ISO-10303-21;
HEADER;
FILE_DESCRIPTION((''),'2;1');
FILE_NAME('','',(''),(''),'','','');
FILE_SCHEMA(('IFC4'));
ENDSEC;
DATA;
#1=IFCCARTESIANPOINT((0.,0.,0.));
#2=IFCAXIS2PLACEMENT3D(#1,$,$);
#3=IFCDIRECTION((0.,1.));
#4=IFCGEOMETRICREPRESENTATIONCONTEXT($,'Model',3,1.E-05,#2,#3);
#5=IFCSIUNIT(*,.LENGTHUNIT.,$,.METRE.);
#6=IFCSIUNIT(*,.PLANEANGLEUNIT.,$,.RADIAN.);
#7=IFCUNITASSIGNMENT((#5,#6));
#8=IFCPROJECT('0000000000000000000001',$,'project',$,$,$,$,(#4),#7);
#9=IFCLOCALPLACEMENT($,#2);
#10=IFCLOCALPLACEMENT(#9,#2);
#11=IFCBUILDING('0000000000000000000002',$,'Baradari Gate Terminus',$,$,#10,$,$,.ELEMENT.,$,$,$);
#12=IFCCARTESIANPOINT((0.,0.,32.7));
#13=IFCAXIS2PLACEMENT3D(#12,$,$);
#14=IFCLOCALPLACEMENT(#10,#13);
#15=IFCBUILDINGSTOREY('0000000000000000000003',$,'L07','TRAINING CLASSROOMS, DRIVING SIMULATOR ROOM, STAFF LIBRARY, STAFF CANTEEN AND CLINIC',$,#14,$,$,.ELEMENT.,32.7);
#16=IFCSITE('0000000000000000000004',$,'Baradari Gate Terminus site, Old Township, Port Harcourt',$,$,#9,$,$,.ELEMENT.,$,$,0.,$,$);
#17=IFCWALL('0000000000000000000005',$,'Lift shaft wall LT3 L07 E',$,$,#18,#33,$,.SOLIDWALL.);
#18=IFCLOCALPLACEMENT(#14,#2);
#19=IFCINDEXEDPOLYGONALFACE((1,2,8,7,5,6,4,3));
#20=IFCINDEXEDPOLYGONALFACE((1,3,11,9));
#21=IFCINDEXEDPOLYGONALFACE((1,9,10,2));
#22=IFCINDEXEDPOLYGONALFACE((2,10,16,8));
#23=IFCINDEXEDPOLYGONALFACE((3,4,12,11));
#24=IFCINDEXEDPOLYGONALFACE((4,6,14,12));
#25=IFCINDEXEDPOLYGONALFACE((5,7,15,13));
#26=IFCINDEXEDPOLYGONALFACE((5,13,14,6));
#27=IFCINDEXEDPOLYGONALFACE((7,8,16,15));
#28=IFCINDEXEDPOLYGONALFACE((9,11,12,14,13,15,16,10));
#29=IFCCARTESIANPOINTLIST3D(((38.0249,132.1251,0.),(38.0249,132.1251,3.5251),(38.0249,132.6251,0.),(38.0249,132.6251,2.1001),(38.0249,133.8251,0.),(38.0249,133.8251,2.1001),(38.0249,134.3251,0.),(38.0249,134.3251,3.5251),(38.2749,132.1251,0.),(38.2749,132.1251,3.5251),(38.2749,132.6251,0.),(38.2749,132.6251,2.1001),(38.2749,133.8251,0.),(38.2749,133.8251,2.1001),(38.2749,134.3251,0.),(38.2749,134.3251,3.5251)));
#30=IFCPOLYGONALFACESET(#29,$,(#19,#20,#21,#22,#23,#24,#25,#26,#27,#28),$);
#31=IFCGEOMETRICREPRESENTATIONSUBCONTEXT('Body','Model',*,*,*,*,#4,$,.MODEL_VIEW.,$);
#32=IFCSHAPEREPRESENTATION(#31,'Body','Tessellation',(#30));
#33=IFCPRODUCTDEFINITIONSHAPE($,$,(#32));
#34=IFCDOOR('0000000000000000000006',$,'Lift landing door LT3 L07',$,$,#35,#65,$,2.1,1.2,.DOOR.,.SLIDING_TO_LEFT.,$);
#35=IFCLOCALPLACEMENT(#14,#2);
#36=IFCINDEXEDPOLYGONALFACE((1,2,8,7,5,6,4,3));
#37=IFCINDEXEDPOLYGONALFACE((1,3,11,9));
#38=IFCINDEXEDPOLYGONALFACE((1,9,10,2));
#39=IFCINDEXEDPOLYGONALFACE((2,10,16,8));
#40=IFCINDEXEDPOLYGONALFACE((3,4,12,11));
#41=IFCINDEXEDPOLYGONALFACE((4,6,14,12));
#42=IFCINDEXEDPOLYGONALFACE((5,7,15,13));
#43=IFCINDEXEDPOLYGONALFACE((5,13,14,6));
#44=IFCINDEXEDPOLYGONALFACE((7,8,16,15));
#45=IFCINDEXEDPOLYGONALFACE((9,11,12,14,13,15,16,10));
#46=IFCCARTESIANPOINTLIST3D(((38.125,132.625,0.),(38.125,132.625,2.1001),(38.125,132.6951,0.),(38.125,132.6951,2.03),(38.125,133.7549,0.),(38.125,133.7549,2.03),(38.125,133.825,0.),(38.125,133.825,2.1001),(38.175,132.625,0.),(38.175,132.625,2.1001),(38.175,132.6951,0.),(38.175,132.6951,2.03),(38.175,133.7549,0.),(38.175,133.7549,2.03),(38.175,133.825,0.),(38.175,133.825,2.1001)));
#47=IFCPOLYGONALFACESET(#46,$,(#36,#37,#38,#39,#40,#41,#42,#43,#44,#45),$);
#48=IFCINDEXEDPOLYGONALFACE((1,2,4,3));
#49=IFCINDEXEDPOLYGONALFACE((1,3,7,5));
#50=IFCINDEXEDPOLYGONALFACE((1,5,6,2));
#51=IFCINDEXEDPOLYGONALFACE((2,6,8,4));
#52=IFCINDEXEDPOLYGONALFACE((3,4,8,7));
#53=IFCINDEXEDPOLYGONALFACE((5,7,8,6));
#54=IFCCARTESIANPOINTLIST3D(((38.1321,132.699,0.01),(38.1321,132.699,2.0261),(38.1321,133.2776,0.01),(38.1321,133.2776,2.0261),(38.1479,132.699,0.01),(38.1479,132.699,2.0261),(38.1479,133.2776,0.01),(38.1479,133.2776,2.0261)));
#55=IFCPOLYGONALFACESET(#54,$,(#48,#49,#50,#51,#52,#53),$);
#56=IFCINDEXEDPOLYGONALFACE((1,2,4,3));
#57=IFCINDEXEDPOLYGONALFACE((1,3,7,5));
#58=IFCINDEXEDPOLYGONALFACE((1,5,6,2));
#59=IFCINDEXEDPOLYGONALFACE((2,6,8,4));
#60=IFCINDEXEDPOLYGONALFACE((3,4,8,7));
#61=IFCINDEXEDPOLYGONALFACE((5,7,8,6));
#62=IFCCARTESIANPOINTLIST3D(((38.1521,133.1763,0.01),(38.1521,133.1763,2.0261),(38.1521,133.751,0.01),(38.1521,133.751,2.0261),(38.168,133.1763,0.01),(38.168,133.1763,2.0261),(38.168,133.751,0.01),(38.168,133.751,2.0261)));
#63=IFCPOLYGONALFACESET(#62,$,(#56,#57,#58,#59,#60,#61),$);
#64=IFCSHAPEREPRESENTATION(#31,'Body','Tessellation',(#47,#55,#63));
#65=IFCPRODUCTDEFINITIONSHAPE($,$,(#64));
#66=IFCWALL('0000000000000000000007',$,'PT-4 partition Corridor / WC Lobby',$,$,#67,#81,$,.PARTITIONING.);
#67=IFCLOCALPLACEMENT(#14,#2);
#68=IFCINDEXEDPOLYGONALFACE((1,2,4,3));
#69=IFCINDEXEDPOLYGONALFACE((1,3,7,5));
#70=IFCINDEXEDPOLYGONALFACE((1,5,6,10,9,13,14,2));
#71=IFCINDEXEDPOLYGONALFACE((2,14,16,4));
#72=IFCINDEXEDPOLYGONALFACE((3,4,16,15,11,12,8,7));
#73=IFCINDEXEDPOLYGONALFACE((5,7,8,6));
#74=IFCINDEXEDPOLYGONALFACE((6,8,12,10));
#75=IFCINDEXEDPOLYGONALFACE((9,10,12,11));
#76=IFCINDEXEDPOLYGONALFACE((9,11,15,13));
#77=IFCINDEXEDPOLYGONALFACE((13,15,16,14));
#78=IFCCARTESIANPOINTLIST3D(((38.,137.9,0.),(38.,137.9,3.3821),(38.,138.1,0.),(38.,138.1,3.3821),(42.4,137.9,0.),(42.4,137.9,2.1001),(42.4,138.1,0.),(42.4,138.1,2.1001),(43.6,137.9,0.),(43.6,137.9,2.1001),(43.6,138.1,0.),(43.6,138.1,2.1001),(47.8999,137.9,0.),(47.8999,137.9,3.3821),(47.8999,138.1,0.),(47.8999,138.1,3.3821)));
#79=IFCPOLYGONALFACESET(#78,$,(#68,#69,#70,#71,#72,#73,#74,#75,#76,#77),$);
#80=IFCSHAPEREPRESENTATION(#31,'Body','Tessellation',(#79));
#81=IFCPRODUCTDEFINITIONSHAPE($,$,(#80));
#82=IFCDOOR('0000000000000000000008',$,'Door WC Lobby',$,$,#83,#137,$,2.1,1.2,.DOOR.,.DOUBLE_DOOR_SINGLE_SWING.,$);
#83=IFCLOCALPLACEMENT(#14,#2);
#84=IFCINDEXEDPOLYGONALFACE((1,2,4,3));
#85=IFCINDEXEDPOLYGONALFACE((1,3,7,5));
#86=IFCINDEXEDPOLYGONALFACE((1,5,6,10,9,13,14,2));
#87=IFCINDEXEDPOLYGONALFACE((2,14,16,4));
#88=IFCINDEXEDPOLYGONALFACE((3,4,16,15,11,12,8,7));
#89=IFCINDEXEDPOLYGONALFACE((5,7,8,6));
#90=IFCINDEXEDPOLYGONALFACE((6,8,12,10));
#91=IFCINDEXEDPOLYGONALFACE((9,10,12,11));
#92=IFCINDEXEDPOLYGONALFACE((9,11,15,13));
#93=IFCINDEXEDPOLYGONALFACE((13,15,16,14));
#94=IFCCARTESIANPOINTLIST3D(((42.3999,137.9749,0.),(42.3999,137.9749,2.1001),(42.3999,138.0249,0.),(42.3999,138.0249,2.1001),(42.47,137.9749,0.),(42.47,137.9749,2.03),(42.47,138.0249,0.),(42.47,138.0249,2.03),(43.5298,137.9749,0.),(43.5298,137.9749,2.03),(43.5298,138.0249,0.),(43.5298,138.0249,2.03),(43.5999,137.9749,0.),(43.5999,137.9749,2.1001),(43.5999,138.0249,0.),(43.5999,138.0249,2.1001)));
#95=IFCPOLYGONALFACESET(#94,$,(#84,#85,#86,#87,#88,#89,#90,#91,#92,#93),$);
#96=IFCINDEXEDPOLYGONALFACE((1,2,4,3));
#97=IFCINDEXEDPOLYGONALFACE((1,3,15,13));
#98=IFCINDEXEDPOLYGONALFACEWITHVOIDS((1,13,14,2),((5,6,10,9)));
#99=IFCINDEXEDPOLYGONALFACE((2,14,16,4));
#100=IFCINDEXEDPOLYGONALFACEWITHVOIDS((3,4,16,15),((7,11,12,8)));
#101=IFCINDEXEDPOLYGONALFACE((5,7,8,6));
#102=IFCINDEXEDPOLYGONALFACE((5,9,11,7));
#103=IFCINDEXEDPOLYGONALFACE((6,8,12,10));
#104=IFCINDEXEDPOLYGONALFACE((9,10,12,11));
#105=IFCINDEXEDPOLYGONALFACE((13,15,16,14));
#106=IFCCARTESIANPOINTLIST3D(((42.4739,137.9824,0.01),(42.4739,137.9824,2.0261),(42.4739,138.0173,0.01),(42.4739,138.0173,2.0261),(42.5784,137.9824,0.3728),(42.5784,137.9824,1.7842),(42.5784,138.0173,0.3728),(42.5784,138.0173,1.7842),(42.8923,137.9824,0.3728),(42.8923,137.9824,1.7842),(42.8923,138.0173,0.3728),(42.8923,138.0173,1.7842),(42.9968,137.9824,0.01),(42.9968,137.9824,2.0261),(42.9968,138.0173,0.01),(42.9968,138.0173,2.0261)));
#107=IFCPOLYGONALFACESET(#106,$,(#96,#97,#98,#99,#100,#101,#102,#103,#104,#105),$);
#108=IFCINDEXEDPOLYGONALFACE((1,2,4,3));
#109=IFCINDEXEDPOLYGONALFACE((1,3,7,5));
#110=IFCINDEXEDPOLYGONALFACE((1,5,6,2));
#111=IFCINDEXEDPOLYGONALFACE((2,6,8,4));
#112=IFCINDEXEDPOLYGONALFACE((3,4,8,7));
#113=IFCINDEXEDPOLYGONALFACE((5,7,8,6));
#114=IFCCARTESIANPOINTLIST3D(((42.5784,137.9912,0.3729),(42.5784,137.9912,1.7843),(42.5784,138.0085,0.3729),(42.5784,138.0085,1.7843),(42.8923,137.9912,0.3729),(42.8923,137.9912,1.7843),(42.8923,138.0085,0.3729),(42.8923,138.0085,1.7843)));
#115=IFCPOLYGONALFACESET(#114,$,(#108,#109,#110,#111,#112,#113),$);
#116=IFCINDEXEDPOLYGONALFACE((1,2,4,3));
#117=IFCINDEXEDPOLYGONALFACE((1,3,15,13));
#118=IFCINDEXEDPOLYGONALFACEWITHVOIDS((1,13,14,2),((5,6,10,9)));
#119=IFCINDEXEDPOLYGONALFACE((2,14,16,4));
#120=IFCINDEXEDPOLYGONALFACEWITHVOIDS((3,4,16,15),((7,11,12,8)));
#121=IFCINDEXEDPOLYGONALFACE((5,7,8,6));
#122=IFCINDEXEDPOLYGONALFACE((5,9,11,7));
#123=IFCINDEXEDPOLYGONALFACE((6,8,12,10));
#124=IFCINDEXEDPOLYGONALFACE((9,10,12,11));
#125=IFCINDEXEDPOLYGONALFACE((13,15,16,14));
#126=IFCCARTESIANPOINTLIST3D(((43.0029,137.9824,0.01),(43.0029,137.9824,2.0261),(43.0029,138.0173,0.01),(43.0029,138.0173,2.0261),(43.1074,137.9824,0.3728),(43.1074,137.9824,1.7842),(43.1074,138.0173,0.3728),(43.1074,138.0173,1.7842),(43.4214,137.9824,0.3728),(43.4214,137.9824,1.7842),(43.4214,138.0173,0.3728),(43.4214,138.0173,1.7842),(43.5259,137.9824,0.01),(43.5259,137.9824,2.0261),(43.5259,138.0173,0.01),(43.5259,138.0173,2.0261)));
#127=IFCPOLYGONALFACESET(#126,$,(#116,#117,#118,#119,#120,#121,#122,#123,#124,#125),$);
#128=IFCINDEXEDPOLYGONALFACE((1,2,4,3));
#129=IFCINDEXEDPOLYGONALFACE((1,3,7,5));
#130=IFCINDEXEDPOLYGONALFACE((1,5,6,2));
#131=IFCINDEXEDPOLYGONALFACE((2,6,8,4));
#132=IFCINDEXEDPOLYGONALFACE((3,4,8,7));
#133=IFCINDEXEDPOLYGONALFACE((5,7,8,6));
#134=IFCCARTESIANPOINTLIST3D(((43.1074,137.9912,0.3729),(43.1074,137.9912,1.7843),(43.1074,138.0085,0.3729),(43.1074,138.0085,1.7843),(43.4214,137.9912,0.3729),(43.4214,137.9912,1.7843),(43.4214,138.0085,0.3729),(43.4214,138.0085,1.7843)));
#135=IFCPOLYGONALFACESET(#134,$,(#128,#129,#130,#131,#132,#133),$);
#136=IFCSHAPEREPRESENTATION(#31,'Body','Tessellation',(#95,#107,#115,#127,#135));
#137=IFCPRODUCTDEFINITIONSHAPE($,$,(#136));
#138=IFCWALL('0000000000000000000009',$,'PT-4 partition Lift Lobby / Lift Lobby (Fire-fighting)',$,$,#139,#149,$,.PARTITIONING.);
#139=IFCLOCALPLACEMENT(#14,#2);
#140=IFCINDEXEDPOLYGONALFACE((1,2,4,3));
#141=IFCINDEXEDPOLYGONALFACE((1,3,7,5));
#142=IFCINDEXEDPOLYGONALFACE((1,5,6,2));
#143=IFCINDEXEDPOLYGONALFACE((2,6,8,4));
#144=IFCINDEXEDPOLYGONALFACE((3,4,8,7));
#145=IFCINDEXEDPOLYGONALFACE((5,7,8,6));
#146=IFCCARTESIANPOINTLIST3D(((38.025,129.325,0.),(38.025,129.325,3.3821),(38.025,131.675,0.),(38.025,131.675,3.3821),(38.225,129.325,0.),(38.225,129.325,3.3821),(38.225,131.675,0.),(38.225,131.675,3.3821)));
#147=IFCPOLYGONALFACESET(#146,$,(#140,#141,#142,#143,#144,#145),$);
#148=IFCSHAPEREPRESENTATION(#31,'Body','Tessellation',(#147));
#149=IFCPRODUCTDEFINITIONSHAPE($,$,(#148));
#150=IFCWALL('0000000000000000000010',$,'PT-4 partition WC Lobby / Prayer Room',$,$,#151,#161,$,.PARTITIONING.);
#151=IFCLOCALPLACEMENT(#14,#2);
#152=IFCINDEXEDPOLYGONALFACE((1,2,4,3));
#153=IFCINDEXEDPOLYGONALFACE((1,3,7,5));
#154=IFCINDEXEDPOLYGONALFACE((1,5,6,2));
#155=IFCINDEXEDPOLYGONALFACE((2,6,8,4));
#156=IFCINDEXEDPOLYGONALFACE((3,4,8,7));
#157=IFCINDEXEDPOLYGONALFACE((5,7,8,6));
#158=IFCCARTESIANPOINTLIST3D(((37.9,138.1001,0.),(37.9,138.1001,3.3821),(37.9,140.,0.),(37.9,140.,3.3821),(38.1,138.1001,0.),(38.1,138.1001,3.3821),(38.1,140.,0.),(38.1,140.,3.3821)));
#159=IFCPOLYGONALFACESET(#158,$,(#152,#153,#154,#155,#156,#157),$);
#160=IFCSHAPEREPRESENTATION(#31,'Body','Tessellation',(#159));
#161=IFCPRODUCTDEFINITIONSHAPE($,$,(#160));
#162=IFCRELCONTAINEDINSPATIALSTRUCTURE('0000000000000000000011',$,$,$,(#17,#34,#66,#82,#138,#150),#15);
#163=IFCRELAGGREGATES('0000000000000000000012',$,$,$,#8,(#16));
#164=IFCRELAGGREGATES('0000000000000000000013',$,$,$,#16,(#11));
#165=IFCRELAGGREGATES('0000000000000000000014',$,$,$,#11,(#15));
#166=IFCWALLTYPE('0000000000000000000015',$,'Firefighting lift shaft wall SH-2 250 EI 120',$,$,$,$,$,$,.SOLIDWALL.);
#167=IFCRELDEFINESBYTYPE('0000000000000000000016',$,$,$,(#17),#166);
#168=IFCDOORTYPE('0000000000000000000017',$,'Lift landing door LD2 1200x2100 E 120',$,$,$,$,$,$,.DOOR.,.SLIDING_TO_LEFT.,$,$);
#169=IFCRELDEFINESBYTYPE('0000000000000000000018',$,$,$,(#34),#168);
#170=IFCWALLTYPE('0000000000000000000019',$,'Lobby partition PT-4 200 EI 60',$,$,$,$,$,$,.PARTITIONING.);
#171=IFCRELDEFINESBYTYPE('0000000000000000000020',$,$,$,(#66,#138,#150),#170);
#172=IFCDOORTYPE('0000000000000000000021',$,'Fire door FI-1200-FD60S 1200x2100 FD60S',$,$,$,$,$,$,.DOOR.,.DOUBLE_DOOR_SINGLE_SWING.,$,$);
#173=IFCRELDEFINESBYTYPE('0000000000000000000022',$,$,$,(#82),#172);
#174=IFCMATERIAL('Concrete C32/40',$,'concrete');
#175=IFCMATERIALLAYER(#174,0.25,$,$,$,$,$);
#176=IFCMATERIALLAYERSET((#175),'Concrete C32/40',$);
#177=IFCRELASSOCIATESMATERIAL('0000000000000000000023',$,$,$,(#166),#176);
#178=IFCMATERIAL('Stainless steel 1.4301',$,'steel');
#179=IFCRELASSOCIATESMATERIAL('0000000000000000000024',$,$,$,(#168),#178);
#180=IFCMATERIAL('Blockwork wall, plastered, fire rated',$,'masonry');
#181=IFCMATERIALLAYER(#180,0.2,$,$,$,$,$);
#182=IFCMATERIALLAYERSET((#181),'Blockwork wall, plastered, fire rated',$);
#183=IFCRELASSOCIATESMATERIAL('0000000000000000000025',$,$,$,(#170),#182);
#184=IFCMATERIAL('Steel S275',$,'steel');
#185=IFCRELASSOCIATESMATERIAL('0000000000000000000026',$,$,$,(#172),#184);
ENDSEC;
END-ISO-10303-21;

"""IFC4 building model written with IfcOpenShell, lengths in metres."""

from ifc_helpers import new_model, si_unit, direction, frame, frame_2d, origin, place, context, subcontext, project, spatial, polyline, rectangle, outline, extrude, material, layer, layer_set, type_object, element, fill, save


model = new_model("IFC4")

# Units and contexts
model_context = context("Model", 3, precision=1e-05, world=origin(), true_north=direction((0.0, 1.0)))
body_context = subcontext(model_context, "Body", "Model", "MODEL_VIEW")
ifc_project = project(units=[si_unit("LENGTHUNIT", "METRE"), si_unit("PLANEANGLEUNIT", "RADIAN")], contexts=[model_context])

# Site, building, storey
site_placement = place(None, origin())
site = spatial("IfcSite", under=ifc_project, at=site_placement, Name="Baradari Gate Terminus site, Old Township, Port Harcourt", CompositionType="ELEMENT", RefElevation=0.0)
building_placement = place(site_placement, origin())
building = spatial("IfcBuilding", under=site, at=building_placement, Name="Baradari Gate Terminus", CompositionType="ELEMENT")
storey_placement = place(building_placement, frame((0.0, 0.0, 32.7)))
storey = spatial("IfcBuildingStorey", under=building, at=storey_placement, Name="L07", Description="TRAINING CLASSROOMS, DRIVING SIMULATOR ROOM, STAFF LIBRARY, STAFF CANTEEN AND CLINIC", CompositionType="ELEMENT", Elevation=32.7)

# Shared definitions
ifc_material_1 = material(Name="Concrete C32/40", Category="concrete")
ifc_layer_1 = layer(ifc_material_1, 0.25)
ifc_layer_set_1 = layer_set([ifc_layer_1], Name="Concrete C32/40")
wall_type_1 = type_object("IfcWallType", Name="Firefighting lift shaft wall SH-2 250 EI 120", PredefinedType="SOLIDWALL", material=ifc_layer_set_1)

# Walls, openings, doors
wall_1_placement = place(storey_placement, frame((38.1499, 132.125, 0.0), z_axis=(0.0, 0.0, 1.0), x_axis=(0.0, 1.0, 0.0)))
wall_1 = element("IfcWall", 1, at=wall_1_placement, inside=storey, type_object=wall_type_1, Name="Lift shaft wall LT3 L07 E", PredefinedType="SOLIDWALL", context=body_context, shape_type="SweptSolid", body=[
    extrude(rectangle(XDim=2.2, YDim=0.25, at=frame_2d((1.1001, 0.0))), origin(), (0.0, 0.0, 1.0), 3.5251),
])
opening_1_placement = place(wall_1_placement, frame((0.5, 0.0, 0.0)))
opening_1 = element("IfcOpeningElement", 2, at=opening_1_placement, cuts=wall_1, PredefinedType="OPENING", context=body_context, shape_type="SweptSolid", body=[
    extrude(rectangle(XDim=1.2, YDim=2.1001, at=frame_2d((0.6001, 1.05))), frame((0.0, 0.135, 0.0), z_axis=(0.0, -1.0, 0.0), x_axis=(1.0, 0.0, 0.0)), (0.0, 0.0, 1.0), 0.27),
])
ifc_material_2 = material(Name="Stainless steel 1.4301", Category="steel")
door_type_1 = type_object("IfcDoorType", Name="Lift landing door LD2 1200x2100 E 120", OperationType="SLIDING_TO_LEFT", PredefinedType="DOOR", material=ifc_material_2)
door_1_placement = place(opening_1_placement, origin())
door_1 = element("IfcDoor", 3, at=door_1_placement, inside=storey, type_object=door_type_1, Name="Lift landing door LT3 L07", OperationType="SLIDING_TO_LEFT", OverallHeight=2.1, OverallWidth=1.2, PredefinedType="DOOR", context=body_context, shape_type="SweptSolid", body=[
    extrude(outline(polyline([(0.0, 0.0), (0.0701, 0.0), (0.0701, 2.03), (1.1299, 2.03), (1.1299, 0.0), (1.2, 0.0), (1.2, 2.1001), (0.0, 2.1001), (0.0, 0.0)])), frame((0.0, 0.0249, 0.0), z_axis=(0.0, -1.0, 0.0), x_axis=(1.0, 0.0, 0.0)), (0.0, 0.0, 1.0), 0.05),
    extrude(rectangle(XDim=0.5786, YDim=2.0161, at=frame_2d((0.3633, 1.0181))), frame((0.0, 0.0178, 0.0), z_axis=(0.0, -1.0, 0.0), x_axis=(1.0, 0.0, 0.0)), (0.0, 0.0, 1.0), 0.0159),
    extrude(rectangle(XDim=0.5747, YDim=2.0161, at=frame_2d((0.8386, 1.0181))), frame((0.0, -0.0022, 0.0), z_axis=(0.0, -1.0, 0.0), x_axis=(1.0, 0.0, 0.0)), (0.0, 0.0, 1.0), 0.0159),
])
fill(opening_1, door_1)
ifc_material_3 = material(Name="Blockwork wall, plastered, fire rated", Category="masonry")
ifc_layer_2 = layer(ifc_material_3, 0.2)
ifc_layer_set_2 = layer_set([ifc_layer_2], Name="Blockwork wall, plastered, fire rated")
wall_type_2 = type_object("IfcWallType", Name="Lobby partition PT-4 200 EI 60", PredefinedType="PARTITIONING", material=ifc_layer_set_2)
wall_2_placement = place(storey_placement, frame((38.0, 138.0, 0.0), z_axis=(0.0, 0.0, 1.0), x_axis=(1.0, 0.0, 0.0)))
wall_2 = element("IfcWall", 4, at=wall_2_placement, inside=storey, type_object=wall_type_2, Name="PT-4 partition Corridor / WC Lobby", PredefinedType="PARTITIONING", context=body_context, shape_type="SweptSolid", body=[
    extrude(rectangle(XDim=9.8999, YDim=0.2, at=frame_2d((4.95, 0.0))), origin(), (0.0, 0.0, 1.0), 3.3821),
])
opening_2_placement = place(wall_2_placement, frame((4.3999, 0.0, 0.0)))
opening_2 = element("IfcOpeningElement", 5, at=opening_2_placement, cuts=wall_2, PredefinedType="OPENING", context=body_context, shape_type="SweptSolid", body=[
    extrude(rectangle(XDim=1.2, YDim=2.1001, at=frame_2d((0.6001, 1.05))), frame((0.0, 0.1099, 0.0), z_axis=(0.0, -1.0, 0.0), x_axis=(1.0, 0.0, 0.0)), (0.0, 0.0, 1.0), 0.22),
])
ifc_material_4 = material(Name="Steel S275", Category="steel")
door_type_2 = type_object("IfcDoorType", Name="Fire door FI-1200-FD60S 1200x2100 FD60S", OperationType="DOUBLE_DOOR_SINGLE_SWING", PredefinedType="DOOR", material=ifc_material_4)
door_2_placement = place(opening_2_placement, origin())
door_2 = element("IfcDoor", 6, at=door_2_placement, inside=storey, type_object=door_type_2, Name="Door WC Lobby", OperationType="DOUBLE_DOOR_SINGLE_SWING", OverallHeight=2.1, OverallWidth=1.2, PredefinedType="DOOR", context=body_context, shape_type="SweptSolid", body=[
    extrude(outline(polyline([(0.0, 0.0), (0.0701, 0.0), (0.0701, 2.03), (1.1299, 2.03), (1.1299, 0.0), (1.2, 0.0), (1.2, 2.1001), (0.0, 2.1001), (0.0, 0.0)])), frame((0.0, 0.0249, 0.0), z_axis=(0.0, -1.0, 0.0), x_axis=(1.0, 0.0, 0.0)), (0.0, 0.0, 1.0), 0.05),
    extrude(outline(polyline([(0.074, 0.01), (0.5969, 0.01), (0.5969, 2.0261), (0.074, 2.0261), (0.074, 0.01)]), holes=[polyline([(0.1785, 0.3728), (0.4924, 0.3728), (0.4924, 1.7842), (0.1785, 1.7842), (0.1785, 0.3728)])]), frame((0.0, 0.0173, 0.0), z_axis=(0.0, -1.0, 0.0), x_axis=(1.0, 0.0, 0.0)), (0.0, 0.0, 1.0), 0.0349),
    extrude(rectangle(XDim=0.314, YDim=1.4114, at=frame_2d((0.3354, 1.0786))), frame((0.0, 0.0085, 0.0), z_axis=(0.0, -1.0, 0.0), x_axis=(1.0, 0.0, 0.0)), (0.0, 0.0, 1.0), 0.0173),
    extrude(outline(polyline([(0.603, 0.01), (1.126, 0.01), (1.126, 2.0261), (0.603, 2.0261), (0.603, 0.01)]), holes=[polyline([(0.7075, 0.3728), (1.0215, 0.3728), (1.0215, 1.7842), (0.7075, 1.7842), (0.7075, 0.3728)])]), frame((0.0, 0.0173, 0.0), z_axis=(0.0, -1.0, 0.0), x_axis=(1.0, 0.0, 0.0)), (0.0, 0.0, 1.0), 0.0349),
    extrude(rectangle(XDim=0.314, YDim=1.4114, at=frame_2d((0.8645, 1.0786))), frame((0.0, 0.0085, 0.0), z_axis=(0.0, -1.0, 0.0), x_axis=(1.0, 0.0, 0.0)), (0.0, 0.0, 1.0), 0.0173),
])
fill(opening_2, door_2)

# Walls
wall_3_placement = place(storey_placement, frame((38.125, 131.675, 0.0), z_axis=(0.0, 0.0, 1.0), x_axis=(0.0, -1.0, 0.0)))
element("IfcWall", 7, at=wall_3_placement, inside=storey, type_object=wall_type_2, Name="PT-4 partition Lift Lobby / Lift Lobby (Fire-fighting)", PredefinedType="PARTITIONING", context=body_context, shape_type="SweptSolid", body=[
    extrude(rectangle(XDim=2.3501, YDim=0.2, at=frame_2d((1.175, 0.0))), origin(), (0.0, 0.0, 1.0), 3.3821),
])
wall_4_placement = place(storey_placement, frame((38.0, 138.1001, 0.0), z_axis=(0.0, 0.0, 1.0), x_axis=(0.0, 1.0, 0.0)))
element("IfcWall", 8, at=wall_4_placement, inside=storey, type_object=wall_type_2, Name="PT-4 partition WC Lobby / Prayer Room", PredefinedType="PARTITIONING", context=body_context, shape_type="SweptSolid", body=[
    extrude(rectangle(XDim=1.8999, YDim=0.2, at=frame_2d((0.95, 0.0))), origin(), (0.0, 0.0, 1.0), 3.3821),
])

save(model, "model.ifc")
